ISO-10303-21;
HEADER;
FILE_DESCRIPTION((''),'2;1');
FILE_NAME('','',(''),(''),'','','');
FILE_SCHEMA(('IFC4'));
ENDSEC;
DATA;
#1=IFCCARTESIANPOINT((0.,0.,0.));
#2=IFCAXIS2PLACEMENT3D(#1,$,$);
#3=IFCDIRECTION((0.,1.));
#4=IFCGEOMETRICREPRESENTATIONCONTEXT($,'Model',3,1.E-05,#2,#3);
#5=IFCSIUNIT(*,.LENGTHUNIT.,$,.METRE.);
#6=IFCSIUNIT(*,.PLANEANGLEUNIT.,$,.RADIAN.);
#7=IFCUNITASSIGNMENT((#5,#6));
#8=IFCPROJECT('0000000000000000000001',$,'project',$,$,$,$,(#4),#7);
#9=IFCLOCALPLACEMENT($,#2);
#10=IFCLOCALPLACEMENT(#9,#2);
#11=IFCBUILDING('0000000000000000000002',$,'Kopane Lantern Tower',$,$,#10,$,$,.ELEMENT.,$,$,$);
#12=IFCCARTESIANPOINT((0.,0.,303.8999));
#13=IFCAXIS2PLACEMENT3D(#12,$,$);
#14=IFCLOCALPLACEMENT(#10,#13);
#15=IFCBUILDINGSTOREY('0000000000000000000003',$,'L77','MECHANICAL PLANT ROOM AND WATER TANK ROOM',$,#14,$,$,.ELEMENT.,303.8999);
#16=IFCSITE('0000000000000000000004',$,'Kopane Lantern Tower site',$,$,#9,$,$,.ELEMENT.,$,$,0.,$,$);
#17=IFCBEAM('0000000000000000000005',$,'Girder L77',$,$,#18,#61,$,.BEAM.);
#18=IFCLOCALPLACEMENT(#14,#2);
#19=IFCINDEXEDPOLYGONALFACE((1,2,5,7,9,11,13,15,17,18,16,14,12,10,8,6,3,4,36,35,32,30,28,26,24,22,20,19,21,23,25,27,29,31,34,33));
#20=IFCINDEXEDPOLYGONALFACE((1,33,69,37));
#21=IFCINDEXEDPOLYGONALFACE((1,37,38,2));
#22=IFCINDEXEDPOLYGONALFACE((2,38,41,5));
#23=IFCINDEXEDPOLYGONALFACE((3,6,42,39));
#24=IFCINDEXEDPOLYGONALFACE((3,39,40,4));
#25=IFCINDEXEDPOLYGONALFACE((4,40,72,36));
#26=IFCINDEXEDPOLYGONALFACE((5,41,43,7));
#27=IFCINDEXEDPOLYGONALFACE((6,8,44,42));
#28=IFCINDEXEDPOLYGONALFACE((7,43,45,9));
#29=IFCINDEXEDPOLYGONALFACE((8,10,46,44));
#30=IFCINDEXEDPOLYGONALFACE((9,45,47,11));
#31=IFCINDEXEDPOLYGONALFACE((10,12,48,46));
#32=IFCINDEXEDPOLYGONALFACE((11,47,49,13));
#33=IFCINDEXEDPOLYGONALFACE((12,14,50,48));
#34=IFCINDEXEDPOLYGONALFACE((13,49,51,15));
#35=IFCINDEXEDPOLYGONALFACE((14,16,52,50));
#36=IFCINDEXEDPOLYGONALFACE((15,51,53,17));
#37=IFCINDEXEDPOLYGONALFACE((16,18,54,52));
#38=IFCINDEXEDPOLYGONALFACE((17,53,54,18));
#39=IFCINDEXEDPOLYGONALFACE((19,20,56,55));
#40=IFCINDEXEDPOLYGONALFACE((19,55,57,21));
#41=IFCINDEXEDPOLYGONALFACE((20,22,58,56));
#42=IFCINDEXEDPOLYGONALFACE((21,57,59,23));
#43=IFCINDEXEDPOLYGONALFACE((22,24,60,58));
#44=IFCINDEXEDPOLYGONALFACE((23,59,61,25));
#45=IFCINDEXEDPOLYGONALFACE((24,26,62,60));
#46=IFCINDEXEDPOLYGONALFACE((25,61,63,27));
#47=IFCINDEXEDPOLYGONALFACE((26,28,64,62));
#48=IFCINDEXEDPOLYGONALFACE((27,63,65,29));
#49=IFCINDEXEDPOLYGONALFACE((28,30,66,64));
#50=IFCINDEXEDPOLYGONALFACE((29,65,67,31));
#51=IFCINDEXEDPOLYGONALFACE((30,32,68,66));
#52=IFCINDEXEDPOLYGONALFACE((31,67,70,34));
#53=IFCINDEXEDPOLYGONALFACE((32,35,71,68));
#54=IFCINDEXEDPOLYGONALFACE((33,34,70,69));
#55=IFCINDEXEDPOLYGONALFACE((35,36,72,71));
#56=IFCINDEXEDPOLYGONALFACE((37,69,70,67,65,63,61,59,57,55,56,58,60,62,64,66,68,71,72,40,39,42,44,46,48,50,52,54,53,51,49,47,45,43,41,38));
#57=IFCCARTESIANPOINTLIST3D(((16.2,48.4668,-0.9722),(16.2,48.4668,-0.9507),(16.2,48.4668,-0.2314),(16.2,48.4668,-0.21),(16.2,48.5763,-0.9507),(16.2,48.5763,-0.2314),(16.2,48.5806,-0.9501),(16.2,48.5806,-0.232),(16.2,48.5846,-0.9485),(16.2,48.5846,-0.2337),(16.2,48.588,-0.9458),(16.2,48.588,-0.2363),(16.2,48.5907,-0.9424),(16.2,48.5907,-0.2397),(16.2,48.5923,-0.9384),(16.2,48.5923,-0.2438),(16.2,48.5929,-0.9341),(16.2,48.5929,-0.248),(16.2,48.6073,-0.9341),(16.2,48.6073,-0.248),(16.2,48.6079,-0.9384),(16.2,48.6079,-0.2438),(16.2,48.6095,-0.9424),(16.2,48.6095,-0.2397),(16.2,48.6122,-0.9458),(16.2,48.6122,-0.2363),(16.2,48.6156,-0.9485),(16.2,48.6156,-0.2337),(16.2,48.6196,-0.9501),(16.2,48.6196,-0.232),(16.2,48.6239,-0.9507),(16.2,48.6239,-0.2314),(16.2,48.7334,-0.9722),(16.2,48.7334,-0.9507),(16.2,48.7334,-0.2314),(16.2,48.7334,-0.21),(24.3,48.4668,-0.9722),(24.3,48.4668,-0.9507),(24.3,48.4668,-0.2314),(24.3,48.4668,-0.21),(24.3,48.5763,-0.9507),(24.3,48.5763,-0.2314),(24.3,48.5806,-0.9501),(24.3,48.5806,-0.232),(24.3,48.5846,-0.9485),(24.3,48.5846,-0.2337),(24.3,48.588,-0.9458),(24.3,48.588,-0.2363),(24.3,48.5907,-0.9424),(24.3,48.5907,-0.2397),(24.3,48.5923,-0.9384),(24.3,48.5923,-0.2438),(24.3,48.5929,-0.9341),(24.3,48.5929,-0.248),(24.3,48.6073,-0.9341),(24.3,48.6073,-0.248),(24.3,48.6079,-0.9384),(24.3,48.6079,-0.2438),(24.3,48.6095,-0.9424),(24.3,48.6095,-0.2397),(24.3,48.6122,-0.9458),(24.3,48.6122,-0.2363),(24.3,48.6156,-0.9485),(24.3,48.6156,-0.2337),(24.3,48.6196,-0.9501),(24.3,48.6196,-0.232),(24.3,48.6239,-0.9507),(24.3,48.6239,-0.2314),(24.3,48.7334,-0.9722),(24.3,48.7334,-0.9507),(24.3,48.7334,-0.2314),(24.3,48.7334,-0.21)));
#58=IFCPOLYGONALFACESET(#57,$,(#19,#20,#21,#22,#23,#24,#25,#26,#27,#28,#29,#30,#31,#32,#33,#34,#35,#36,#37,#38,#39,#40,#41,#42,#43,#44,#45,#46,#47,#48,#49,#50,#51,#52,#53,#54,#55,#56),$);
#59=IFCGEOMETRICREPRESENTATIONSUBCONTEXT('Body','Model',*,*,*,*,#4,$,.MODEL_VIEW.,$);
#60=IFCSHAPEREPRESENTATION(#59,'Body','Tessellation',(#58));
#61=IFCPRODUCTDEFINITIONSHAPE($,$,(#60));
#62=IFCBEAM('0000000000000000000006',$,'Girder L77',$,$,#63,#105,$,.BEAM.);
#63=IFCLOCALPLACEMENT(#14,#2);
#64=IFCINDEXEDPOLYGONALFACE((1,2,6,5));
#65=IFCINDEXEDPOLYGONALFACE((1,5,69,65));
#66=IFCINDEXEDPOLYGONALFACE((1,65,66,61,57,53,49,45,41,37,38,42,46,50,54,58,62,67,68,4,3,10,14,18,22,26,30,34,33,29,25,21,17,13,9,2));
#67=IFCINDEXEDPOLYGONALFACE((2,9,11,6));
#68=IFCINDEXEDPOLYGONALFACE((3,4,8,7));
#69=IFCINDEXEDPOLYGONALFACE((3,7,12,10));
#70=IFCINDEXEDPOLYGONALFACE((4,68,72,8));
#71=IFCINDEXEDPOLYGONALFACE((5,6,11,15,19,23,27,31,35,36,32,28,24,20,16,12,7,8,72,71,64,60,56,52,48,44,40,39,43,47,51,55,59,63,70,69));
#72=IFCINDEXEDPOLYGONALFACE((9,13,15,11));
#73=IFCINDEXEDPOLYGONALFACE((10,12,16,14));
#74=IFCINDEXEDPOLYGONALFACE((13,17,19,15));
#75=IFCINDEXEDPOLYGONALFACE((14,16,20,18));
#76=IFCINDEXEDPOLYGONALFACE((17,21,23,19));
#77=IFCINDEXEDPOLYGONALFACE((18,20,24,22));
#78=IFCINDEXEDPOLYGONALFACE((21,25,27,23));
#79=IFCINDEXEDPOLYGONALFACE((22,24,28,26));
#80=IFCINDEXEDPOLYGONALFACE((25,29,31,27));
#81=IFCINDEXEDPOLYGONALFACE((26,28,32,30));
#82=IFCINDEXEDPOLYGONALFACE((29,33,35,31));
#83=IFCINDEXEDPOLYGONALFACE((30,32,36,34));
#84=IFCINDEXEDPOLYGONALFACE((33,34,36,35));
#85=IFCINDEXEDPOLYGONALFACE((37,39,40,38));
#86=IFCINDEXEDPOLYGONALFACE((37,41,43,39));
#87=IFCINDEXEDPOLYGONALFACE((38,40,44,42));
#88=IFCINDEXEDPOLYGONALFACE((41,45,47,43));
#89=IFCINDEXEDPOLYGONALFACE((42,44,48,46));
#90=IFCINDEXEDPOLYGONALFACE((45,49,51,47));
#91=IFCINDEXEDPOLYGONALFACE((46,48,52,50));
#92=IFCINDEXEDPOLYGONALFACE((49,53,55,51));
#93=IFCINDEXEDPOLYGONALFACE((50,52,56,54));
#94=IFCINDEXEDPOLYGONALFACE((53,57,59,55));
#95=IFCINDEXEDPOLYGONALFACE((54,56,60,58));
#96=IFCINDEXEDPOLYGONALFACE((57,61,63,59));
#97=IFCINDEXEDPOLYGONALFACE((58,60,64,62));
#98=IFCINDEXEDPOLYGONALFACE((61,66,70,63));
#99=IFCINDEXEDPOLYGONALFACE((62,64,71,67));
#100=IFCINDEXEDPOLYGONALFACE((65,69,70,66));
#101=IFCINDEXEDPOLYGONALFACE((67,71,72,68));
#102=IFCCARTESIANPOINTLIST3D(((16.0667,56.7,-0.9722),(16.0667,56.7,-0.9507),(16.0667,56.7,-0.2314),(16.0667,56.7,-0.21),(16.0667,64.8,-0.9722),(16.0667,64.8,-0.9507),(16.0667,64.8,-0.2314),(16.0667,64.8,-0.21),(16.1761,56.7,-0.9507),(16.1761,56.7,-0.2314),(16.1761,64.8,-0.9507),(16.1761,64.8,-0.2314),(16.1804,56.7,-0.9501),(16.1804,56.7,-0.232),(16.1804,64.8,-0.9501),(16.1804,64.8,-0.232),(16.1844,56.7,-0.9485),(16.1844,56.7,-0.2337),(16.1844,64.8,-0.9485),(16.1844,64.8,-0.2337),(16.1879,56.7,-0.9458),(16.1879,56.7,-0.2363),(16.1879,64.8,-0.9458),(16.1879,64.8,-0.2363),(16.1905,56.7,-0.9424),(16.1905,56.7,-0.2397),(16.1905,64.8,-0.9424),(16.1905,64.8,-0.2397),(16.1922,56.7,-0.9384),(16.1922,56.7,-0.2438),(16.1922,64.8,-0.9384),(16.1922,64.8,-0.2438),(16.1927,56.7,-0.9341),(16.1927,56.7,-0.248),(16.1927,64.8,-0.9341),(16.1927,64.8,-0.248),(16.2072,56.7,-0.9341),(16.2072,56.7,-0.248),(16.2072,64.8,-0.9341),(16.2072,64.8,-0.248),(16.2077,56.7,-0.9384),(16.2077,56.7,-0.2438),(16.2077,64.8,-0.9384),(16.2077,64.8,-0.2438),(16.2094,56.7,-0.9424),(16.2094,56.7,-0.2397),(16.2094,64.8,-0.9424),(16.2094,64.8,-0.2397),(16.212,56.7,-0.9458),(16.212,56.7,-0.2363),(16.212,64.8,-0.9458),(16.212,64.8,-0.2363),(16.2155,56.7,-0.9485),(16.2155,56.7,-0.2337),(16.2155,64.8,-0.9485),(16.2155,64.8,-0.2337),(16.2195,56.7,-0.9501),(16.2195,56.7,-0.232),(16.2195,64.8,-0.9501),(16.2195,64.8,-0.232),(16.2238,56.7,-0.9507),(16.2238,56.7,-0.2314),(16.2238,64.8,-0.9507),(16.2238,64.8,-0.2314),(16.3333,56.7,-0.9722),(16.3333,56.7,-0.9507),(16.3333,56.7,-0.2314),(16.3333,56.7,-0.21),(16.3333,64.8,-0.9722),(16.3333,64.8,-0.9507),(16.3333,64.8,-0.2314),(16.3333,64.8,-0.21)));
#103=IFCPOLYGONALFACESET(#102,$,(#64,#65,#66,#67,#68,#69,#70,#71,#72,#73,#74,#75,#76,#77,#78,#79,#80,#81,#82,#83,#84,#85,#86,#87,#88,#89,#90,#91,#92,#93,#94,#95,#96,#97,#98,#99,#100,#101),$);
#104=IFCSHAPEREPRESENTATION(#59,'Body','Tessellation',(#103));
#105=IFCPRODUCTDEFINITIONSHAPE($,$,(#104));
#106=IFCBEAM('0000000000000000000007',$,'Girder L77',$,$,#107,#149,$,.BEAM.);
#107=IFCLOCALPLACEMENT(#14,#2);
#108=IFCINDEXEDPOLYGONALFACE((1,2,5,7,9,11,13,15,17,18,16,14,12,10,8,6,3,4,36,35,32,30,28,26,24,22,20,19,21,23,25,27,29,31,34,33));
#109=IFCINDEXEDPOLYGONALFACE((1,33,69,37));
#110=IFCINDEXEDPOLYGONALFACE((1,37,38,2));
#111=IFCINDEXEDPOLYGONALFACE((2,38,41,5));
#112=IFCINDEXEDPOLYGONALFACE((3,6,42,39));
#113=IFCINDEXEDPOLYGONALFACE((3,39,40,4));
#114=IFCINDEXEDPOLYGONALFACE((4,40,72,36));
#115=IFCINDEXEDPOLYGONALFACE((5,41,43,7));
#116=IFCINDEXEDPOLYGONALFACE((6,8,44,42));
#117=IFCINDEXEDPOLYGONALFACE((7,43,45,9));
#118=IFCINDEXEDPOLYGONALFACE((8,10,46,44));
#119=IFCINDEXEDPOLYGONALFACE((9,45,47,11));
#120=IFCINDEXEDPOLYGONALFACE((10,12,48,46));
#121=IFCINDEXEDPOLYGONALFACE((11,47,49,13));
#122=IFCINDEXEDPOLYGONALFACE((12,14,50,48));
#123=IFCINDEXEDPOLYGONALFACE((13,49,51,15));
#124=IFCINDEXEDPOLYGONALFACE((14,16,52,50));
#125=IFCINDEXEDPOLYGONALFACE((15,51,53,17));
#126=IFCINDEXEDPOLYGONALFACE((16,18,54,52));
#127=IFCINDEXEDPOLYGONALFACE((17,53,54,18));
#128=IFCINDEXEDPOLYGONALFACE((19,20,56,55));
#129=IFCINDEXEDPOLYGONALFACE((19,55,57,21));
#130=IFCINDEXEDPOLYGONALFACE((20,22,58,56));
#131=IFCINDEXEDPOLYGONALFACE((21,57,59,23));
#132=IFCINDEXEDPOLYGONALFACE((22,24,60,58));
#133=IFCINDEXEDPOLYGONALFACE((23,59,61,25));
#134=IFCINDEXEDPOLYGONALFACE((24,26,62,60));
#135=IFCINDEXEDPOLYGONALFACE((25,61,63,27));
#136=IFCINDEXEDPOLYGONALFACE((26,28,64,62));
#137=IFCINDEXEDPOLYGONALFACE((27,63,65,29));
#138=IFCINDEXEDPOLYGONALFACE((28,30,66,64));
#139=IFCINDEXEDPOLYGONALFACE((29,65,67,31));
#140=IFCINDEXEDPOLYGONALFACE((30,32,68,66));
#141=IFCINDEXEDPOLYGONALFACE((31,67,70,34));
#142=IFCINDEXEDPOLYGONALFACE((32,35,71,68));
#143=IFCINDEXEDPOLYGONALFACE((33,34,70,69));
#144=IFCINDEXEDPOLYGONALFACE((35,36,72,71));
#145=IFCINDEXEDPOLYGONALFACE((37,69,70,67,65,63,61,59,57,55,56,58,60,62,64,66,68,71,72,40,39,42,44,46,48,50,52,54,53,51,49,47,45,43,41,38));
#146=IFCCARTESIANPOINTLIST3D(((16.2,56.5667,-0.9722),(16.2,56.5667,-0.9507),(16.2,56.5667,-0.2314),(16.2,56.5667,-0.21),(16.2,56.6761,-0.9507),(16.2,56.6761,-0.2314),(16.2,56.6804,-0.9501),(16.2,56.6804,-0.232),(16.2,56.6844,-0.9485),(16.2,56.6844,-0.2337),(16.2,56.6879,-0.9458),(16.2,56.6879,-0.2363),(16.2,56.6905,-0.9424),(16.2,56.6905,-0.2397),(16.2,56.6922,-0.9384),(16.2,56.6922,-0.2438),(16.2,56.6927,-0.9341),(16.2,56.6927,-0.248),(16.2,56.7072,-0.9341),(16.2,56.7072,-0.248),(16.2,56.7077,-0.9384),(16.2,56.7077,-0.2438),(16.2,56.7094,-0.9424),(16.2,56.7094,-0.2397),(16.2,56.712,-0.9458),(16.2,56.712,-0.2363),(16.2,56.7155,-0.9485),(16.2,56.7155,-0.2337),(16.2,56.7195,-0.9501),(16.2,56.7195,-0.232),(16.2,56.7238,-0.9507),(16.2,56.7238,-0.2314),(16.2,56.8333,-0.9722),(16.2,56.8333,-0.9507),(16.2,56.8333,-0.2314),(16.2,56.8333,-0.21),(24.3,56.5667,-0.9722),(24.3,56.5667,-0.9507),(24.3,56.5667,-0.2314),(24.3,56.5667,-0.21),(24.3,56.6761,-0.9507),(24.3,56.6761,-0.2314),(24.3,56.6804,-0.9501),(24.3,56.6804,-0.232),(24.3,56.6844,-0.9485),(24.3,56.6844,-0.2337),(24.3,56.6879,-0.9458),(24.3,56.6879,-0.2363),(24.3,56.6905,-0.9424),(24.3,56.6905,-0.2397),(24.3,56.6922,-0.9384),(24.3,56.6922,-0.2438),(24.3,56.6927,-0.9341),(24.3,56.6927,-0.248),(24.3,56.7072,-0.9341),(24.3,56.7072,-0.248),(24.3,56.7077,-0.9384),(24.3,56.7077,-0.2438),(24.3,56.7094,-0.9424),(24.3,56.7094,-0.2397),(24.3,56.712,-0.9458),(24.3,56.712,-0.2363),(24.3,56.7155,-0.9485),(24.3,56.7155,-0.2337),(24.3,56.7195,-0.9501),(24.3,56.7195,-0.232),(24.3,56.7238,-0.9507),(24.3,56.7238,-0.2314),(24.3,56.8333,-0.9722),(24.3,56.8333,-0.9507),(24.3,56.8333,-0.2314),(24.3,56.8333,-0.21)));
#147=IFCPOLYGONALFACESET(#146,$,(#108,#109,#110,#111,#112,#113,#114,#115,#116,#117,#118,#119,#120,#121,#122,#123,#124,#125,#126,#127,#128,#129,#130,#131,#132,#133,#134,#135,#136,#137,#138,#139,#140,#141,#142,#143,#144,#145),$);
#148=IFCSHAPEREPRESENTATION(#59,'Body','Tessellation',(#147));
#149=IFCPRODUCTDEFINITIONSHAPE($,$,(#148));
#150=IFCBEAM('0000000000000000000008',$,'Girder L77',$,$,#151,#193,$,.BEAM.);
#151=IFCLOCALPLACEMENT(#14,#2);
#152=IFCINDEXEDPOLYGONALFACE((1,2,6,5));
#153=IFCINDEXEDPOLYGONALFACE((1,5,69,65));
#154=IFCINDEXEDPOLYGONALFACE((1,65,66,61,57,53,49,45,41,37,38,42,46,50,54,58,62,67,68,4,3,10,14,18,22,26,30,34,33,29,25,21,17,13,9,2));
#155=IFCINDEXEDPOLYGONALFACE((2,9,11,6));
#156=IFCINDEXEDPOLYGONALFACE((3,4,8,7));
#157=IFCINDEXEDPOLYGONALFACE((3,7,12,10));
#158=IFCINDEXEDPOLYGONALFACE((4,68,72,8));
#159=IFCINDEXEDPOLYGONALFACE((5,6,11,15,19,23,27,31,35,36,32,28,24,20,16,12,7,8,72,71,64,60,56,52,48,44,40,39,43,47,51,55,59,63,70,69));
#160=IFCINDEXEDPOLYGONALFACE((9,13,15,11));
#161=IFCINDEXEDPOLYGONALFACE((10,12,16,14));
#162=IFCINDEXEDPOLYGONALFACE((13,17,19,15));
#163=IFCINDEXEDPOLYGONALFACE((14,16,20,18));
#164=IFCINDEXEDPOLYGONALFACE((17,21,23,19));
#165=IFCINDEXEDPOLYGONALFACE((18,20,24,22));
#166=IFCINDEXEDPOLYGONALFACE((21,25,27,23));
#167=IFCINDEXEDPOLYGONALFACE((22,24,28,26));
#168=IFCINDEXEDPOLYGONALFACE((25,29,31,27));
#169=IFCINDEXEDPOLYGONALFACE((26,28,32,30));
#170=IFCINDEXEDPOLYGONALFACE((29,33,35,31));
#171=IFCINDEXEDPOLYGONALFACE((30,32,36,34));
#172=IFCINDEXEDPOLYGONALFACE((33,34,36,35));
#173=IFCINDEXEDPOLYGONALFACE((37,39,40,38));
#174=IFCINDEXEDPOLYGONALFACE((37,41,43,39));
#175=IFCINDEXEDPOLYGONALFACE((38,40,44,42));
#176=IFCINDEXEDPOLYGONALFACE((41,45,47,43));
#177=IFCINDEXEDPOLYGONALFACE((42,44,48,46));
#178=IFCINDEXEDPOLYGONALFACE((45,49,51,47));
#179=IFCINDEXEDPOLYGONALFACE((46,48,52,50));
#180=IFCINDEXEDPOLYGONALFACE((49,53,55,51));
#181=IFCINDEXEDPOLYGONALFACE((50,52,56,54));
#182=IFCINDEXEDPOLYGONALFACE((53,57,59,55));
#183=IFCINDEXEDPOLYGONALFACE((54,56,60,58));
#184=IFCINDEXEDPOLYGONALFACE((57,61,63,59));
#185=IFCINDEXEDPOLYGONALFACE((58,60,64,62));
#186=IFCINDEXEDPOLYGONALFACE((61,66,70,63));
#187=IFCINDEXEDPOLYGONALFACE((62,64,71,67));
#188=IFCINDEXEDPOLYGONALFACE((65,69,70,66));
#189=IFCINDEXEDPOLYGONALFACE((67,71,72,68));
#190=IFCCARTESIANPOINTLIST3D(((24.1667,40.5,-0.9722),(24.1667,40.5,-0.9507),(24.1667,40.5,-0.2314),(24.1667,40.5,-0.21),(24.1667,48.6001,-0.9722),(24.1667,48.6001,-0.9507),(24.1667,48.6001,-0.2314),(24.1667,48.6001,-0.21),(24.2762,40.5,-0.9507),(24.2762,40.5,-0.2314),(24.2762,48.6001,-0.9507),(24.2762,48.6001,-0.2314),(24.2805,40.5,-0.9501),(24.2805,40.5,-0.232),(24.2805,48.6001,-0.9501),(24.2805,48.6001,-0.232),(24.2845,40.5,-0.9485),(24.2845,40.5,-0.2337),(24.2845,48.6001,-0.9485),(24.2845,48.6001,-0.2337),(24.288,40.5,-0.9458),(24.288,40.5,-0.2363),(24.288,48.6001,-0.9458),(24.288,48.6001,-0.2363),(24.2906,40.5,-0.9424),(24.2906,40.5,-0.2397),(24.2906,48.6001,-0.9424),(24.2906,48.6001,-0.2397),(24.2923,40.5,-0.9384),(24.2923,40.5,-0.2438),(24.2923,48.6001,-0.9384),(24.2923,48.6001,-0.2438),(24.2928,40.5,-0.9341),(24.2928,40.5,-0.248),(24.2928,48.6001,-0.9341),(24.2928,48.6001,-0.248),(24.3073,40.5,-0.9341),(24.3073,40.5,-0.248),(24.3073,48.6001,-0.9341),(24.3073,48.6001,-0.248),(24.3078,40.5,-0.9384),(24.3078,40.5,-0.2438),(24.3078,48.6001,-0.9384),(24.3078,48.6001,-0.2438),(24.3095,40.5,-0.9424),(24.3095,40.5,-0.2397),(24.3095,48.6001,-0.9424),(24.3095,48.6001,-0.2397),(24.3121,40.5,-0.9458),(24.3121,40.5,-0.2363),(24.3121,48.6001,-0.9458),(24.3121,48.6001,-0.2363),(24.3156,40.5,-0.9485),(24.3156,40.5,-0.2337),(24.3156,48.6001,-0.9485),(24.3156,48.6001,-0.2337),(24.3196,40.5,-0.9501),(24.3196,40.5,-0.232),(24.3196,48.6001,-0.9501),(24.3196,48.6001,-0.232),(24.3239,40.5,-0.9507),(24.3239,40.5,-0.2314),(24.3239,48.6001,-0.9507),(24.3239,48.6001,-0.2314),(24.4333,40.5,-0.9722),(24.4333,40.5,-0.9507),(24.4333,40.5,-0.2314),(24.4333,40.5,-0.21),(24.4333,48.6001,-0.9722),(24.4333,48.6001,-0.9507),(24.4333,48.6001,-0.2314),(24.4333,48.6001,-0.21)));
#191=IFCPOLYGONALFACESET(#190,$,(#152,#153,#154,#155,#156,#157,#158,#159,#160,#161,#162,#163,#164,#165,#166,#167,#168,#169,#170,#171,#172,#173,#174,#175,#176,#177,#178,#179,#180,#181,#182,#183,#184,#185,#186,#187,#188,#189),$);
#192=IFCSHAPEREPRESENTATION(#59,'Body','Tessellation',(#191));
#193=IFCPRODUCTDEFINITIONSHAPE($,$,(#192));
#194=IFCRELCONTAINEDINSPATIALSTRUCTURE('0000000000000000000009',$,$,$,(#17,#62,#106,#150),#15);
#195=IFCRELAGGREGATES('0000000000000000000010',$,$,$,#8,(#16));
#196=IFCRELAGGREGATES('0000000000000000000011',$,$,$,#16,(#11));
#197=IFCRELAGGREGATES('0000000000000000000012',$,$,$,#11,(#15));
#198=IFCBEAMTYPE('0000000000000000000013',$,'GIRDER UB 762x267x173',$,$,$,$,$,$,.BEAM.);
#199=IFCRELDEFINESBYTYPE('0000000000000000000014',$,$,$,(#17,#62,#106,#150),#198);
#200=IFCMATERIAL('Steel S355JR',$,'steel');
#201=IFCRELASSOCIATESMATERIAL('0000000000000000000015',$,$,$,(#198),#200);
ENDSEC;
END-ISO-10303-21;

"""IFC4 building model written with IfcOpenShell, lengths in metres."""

from ifc_helpers import new_model, si_unit, direction, frame, origin, origin_2d, place, context, subcontext, project, spatial, i_section, extrude, material, material_profile, profile_set, type_object, element, save


model = new_model("IFC4")

# Units and contexts
model_context = context("Model", 3, precision=1e-05, world=origin(), true_north=direction((0.0, 1.0)))
body_context = subcontext(model_context, "Body", "Model", "MODEL_VIEW")
ifc_project = project(units=[si_unit("LENGTHUNIT", "METRE"), si_unit("PLANEANGLEUNIT", "RADIAN")], contexts=[model_context])

# Site, building, storey
site_placement = place(None, origin())
site = spatial("IfcSite", under=ifc_project, at=site_placement, Name="Kopane Lantern Tower site", CompositionType="ELEMENT", RefElevation=0.0)
building_placement = place(site_placement, origin())
building = spatial("IfcBuilding", under=site, at=building_placement, Name="Kopane Lantern Tower", CompositionType="ELEMENT")
storey_placement = place(building_placement, frame((0.0, 0.0, 303.8999)))
storey = spatial("IfcBuildingStorey", under=building, at=storey_placement, Name="L77", Description="MECHANICAL PLANT ROOM AND WATER TANK ROOM", CompositionType="ELEMENT", Elevation=303.8999)

# Beams
ifc_material_1 = material(Name="Steel S355JR", Category="steel")
ifc_material_profile_1 = material_profile(ifc_material_1, i_section(OverallWidth=0.2666, OverallDepth=0.7622, WebThickness=0.0144, FlangeThickness=0.0215, FilletRadius=0.0166, at=origin_2d()), Name="UB 762x267x173")
ifc_profile_set_1 = profile_set([ifc_material_profile_1], Name="Steel S355JR")
beam_type_1 = type_object("IfcBeamType", Name="GIRDER UB 762x267x173", PredefinedType="BEAM", material=ifc_profile_set_1)
for number, where, z_axis, x_axis, name in (
    (1, (16.2, 48.6001, -0.5911), (1.0, 0.0, 0.0), (0.0, 1.0, 0.0), "Girder L77"),
    (2, (16.2, 56.7, -0.5911), (0.0, 1.0, 0.0), (-1.0, 0.0, 0.0), "Girder L77"),
    (3, (16.2, 56.7, -0.5911), (1.0, 0.0, 0.0), (0.0, 1.0, 0.0), "Girder L77"),
    (4, (24.3, 40.5, -0.5911), (0.0, 1.0, 0.0), (-1.0, 0.0, 0.0), "Girder L77"),
):
    element("IfcBeam", number, at=place(storey_placement, frame(where, z_axis=z_axis, x_axis=x_axis)), inside=storey, type_object=beam_type_1, Name=name, PredefinedType="BEAM", context=body_context, shape_type="SweptSolid", body=[
        extrude(i_section(OverallWidth=0.2666, OverallDepth=0.7622, WebThickness=0.0144, FlangeThickness=0.0215, FilletRadius=0.0166, at=origin_2d()), origin(), (0.0, 0.0, 1.0), 8.1001),
    ])

save(model, "model.ifc")
